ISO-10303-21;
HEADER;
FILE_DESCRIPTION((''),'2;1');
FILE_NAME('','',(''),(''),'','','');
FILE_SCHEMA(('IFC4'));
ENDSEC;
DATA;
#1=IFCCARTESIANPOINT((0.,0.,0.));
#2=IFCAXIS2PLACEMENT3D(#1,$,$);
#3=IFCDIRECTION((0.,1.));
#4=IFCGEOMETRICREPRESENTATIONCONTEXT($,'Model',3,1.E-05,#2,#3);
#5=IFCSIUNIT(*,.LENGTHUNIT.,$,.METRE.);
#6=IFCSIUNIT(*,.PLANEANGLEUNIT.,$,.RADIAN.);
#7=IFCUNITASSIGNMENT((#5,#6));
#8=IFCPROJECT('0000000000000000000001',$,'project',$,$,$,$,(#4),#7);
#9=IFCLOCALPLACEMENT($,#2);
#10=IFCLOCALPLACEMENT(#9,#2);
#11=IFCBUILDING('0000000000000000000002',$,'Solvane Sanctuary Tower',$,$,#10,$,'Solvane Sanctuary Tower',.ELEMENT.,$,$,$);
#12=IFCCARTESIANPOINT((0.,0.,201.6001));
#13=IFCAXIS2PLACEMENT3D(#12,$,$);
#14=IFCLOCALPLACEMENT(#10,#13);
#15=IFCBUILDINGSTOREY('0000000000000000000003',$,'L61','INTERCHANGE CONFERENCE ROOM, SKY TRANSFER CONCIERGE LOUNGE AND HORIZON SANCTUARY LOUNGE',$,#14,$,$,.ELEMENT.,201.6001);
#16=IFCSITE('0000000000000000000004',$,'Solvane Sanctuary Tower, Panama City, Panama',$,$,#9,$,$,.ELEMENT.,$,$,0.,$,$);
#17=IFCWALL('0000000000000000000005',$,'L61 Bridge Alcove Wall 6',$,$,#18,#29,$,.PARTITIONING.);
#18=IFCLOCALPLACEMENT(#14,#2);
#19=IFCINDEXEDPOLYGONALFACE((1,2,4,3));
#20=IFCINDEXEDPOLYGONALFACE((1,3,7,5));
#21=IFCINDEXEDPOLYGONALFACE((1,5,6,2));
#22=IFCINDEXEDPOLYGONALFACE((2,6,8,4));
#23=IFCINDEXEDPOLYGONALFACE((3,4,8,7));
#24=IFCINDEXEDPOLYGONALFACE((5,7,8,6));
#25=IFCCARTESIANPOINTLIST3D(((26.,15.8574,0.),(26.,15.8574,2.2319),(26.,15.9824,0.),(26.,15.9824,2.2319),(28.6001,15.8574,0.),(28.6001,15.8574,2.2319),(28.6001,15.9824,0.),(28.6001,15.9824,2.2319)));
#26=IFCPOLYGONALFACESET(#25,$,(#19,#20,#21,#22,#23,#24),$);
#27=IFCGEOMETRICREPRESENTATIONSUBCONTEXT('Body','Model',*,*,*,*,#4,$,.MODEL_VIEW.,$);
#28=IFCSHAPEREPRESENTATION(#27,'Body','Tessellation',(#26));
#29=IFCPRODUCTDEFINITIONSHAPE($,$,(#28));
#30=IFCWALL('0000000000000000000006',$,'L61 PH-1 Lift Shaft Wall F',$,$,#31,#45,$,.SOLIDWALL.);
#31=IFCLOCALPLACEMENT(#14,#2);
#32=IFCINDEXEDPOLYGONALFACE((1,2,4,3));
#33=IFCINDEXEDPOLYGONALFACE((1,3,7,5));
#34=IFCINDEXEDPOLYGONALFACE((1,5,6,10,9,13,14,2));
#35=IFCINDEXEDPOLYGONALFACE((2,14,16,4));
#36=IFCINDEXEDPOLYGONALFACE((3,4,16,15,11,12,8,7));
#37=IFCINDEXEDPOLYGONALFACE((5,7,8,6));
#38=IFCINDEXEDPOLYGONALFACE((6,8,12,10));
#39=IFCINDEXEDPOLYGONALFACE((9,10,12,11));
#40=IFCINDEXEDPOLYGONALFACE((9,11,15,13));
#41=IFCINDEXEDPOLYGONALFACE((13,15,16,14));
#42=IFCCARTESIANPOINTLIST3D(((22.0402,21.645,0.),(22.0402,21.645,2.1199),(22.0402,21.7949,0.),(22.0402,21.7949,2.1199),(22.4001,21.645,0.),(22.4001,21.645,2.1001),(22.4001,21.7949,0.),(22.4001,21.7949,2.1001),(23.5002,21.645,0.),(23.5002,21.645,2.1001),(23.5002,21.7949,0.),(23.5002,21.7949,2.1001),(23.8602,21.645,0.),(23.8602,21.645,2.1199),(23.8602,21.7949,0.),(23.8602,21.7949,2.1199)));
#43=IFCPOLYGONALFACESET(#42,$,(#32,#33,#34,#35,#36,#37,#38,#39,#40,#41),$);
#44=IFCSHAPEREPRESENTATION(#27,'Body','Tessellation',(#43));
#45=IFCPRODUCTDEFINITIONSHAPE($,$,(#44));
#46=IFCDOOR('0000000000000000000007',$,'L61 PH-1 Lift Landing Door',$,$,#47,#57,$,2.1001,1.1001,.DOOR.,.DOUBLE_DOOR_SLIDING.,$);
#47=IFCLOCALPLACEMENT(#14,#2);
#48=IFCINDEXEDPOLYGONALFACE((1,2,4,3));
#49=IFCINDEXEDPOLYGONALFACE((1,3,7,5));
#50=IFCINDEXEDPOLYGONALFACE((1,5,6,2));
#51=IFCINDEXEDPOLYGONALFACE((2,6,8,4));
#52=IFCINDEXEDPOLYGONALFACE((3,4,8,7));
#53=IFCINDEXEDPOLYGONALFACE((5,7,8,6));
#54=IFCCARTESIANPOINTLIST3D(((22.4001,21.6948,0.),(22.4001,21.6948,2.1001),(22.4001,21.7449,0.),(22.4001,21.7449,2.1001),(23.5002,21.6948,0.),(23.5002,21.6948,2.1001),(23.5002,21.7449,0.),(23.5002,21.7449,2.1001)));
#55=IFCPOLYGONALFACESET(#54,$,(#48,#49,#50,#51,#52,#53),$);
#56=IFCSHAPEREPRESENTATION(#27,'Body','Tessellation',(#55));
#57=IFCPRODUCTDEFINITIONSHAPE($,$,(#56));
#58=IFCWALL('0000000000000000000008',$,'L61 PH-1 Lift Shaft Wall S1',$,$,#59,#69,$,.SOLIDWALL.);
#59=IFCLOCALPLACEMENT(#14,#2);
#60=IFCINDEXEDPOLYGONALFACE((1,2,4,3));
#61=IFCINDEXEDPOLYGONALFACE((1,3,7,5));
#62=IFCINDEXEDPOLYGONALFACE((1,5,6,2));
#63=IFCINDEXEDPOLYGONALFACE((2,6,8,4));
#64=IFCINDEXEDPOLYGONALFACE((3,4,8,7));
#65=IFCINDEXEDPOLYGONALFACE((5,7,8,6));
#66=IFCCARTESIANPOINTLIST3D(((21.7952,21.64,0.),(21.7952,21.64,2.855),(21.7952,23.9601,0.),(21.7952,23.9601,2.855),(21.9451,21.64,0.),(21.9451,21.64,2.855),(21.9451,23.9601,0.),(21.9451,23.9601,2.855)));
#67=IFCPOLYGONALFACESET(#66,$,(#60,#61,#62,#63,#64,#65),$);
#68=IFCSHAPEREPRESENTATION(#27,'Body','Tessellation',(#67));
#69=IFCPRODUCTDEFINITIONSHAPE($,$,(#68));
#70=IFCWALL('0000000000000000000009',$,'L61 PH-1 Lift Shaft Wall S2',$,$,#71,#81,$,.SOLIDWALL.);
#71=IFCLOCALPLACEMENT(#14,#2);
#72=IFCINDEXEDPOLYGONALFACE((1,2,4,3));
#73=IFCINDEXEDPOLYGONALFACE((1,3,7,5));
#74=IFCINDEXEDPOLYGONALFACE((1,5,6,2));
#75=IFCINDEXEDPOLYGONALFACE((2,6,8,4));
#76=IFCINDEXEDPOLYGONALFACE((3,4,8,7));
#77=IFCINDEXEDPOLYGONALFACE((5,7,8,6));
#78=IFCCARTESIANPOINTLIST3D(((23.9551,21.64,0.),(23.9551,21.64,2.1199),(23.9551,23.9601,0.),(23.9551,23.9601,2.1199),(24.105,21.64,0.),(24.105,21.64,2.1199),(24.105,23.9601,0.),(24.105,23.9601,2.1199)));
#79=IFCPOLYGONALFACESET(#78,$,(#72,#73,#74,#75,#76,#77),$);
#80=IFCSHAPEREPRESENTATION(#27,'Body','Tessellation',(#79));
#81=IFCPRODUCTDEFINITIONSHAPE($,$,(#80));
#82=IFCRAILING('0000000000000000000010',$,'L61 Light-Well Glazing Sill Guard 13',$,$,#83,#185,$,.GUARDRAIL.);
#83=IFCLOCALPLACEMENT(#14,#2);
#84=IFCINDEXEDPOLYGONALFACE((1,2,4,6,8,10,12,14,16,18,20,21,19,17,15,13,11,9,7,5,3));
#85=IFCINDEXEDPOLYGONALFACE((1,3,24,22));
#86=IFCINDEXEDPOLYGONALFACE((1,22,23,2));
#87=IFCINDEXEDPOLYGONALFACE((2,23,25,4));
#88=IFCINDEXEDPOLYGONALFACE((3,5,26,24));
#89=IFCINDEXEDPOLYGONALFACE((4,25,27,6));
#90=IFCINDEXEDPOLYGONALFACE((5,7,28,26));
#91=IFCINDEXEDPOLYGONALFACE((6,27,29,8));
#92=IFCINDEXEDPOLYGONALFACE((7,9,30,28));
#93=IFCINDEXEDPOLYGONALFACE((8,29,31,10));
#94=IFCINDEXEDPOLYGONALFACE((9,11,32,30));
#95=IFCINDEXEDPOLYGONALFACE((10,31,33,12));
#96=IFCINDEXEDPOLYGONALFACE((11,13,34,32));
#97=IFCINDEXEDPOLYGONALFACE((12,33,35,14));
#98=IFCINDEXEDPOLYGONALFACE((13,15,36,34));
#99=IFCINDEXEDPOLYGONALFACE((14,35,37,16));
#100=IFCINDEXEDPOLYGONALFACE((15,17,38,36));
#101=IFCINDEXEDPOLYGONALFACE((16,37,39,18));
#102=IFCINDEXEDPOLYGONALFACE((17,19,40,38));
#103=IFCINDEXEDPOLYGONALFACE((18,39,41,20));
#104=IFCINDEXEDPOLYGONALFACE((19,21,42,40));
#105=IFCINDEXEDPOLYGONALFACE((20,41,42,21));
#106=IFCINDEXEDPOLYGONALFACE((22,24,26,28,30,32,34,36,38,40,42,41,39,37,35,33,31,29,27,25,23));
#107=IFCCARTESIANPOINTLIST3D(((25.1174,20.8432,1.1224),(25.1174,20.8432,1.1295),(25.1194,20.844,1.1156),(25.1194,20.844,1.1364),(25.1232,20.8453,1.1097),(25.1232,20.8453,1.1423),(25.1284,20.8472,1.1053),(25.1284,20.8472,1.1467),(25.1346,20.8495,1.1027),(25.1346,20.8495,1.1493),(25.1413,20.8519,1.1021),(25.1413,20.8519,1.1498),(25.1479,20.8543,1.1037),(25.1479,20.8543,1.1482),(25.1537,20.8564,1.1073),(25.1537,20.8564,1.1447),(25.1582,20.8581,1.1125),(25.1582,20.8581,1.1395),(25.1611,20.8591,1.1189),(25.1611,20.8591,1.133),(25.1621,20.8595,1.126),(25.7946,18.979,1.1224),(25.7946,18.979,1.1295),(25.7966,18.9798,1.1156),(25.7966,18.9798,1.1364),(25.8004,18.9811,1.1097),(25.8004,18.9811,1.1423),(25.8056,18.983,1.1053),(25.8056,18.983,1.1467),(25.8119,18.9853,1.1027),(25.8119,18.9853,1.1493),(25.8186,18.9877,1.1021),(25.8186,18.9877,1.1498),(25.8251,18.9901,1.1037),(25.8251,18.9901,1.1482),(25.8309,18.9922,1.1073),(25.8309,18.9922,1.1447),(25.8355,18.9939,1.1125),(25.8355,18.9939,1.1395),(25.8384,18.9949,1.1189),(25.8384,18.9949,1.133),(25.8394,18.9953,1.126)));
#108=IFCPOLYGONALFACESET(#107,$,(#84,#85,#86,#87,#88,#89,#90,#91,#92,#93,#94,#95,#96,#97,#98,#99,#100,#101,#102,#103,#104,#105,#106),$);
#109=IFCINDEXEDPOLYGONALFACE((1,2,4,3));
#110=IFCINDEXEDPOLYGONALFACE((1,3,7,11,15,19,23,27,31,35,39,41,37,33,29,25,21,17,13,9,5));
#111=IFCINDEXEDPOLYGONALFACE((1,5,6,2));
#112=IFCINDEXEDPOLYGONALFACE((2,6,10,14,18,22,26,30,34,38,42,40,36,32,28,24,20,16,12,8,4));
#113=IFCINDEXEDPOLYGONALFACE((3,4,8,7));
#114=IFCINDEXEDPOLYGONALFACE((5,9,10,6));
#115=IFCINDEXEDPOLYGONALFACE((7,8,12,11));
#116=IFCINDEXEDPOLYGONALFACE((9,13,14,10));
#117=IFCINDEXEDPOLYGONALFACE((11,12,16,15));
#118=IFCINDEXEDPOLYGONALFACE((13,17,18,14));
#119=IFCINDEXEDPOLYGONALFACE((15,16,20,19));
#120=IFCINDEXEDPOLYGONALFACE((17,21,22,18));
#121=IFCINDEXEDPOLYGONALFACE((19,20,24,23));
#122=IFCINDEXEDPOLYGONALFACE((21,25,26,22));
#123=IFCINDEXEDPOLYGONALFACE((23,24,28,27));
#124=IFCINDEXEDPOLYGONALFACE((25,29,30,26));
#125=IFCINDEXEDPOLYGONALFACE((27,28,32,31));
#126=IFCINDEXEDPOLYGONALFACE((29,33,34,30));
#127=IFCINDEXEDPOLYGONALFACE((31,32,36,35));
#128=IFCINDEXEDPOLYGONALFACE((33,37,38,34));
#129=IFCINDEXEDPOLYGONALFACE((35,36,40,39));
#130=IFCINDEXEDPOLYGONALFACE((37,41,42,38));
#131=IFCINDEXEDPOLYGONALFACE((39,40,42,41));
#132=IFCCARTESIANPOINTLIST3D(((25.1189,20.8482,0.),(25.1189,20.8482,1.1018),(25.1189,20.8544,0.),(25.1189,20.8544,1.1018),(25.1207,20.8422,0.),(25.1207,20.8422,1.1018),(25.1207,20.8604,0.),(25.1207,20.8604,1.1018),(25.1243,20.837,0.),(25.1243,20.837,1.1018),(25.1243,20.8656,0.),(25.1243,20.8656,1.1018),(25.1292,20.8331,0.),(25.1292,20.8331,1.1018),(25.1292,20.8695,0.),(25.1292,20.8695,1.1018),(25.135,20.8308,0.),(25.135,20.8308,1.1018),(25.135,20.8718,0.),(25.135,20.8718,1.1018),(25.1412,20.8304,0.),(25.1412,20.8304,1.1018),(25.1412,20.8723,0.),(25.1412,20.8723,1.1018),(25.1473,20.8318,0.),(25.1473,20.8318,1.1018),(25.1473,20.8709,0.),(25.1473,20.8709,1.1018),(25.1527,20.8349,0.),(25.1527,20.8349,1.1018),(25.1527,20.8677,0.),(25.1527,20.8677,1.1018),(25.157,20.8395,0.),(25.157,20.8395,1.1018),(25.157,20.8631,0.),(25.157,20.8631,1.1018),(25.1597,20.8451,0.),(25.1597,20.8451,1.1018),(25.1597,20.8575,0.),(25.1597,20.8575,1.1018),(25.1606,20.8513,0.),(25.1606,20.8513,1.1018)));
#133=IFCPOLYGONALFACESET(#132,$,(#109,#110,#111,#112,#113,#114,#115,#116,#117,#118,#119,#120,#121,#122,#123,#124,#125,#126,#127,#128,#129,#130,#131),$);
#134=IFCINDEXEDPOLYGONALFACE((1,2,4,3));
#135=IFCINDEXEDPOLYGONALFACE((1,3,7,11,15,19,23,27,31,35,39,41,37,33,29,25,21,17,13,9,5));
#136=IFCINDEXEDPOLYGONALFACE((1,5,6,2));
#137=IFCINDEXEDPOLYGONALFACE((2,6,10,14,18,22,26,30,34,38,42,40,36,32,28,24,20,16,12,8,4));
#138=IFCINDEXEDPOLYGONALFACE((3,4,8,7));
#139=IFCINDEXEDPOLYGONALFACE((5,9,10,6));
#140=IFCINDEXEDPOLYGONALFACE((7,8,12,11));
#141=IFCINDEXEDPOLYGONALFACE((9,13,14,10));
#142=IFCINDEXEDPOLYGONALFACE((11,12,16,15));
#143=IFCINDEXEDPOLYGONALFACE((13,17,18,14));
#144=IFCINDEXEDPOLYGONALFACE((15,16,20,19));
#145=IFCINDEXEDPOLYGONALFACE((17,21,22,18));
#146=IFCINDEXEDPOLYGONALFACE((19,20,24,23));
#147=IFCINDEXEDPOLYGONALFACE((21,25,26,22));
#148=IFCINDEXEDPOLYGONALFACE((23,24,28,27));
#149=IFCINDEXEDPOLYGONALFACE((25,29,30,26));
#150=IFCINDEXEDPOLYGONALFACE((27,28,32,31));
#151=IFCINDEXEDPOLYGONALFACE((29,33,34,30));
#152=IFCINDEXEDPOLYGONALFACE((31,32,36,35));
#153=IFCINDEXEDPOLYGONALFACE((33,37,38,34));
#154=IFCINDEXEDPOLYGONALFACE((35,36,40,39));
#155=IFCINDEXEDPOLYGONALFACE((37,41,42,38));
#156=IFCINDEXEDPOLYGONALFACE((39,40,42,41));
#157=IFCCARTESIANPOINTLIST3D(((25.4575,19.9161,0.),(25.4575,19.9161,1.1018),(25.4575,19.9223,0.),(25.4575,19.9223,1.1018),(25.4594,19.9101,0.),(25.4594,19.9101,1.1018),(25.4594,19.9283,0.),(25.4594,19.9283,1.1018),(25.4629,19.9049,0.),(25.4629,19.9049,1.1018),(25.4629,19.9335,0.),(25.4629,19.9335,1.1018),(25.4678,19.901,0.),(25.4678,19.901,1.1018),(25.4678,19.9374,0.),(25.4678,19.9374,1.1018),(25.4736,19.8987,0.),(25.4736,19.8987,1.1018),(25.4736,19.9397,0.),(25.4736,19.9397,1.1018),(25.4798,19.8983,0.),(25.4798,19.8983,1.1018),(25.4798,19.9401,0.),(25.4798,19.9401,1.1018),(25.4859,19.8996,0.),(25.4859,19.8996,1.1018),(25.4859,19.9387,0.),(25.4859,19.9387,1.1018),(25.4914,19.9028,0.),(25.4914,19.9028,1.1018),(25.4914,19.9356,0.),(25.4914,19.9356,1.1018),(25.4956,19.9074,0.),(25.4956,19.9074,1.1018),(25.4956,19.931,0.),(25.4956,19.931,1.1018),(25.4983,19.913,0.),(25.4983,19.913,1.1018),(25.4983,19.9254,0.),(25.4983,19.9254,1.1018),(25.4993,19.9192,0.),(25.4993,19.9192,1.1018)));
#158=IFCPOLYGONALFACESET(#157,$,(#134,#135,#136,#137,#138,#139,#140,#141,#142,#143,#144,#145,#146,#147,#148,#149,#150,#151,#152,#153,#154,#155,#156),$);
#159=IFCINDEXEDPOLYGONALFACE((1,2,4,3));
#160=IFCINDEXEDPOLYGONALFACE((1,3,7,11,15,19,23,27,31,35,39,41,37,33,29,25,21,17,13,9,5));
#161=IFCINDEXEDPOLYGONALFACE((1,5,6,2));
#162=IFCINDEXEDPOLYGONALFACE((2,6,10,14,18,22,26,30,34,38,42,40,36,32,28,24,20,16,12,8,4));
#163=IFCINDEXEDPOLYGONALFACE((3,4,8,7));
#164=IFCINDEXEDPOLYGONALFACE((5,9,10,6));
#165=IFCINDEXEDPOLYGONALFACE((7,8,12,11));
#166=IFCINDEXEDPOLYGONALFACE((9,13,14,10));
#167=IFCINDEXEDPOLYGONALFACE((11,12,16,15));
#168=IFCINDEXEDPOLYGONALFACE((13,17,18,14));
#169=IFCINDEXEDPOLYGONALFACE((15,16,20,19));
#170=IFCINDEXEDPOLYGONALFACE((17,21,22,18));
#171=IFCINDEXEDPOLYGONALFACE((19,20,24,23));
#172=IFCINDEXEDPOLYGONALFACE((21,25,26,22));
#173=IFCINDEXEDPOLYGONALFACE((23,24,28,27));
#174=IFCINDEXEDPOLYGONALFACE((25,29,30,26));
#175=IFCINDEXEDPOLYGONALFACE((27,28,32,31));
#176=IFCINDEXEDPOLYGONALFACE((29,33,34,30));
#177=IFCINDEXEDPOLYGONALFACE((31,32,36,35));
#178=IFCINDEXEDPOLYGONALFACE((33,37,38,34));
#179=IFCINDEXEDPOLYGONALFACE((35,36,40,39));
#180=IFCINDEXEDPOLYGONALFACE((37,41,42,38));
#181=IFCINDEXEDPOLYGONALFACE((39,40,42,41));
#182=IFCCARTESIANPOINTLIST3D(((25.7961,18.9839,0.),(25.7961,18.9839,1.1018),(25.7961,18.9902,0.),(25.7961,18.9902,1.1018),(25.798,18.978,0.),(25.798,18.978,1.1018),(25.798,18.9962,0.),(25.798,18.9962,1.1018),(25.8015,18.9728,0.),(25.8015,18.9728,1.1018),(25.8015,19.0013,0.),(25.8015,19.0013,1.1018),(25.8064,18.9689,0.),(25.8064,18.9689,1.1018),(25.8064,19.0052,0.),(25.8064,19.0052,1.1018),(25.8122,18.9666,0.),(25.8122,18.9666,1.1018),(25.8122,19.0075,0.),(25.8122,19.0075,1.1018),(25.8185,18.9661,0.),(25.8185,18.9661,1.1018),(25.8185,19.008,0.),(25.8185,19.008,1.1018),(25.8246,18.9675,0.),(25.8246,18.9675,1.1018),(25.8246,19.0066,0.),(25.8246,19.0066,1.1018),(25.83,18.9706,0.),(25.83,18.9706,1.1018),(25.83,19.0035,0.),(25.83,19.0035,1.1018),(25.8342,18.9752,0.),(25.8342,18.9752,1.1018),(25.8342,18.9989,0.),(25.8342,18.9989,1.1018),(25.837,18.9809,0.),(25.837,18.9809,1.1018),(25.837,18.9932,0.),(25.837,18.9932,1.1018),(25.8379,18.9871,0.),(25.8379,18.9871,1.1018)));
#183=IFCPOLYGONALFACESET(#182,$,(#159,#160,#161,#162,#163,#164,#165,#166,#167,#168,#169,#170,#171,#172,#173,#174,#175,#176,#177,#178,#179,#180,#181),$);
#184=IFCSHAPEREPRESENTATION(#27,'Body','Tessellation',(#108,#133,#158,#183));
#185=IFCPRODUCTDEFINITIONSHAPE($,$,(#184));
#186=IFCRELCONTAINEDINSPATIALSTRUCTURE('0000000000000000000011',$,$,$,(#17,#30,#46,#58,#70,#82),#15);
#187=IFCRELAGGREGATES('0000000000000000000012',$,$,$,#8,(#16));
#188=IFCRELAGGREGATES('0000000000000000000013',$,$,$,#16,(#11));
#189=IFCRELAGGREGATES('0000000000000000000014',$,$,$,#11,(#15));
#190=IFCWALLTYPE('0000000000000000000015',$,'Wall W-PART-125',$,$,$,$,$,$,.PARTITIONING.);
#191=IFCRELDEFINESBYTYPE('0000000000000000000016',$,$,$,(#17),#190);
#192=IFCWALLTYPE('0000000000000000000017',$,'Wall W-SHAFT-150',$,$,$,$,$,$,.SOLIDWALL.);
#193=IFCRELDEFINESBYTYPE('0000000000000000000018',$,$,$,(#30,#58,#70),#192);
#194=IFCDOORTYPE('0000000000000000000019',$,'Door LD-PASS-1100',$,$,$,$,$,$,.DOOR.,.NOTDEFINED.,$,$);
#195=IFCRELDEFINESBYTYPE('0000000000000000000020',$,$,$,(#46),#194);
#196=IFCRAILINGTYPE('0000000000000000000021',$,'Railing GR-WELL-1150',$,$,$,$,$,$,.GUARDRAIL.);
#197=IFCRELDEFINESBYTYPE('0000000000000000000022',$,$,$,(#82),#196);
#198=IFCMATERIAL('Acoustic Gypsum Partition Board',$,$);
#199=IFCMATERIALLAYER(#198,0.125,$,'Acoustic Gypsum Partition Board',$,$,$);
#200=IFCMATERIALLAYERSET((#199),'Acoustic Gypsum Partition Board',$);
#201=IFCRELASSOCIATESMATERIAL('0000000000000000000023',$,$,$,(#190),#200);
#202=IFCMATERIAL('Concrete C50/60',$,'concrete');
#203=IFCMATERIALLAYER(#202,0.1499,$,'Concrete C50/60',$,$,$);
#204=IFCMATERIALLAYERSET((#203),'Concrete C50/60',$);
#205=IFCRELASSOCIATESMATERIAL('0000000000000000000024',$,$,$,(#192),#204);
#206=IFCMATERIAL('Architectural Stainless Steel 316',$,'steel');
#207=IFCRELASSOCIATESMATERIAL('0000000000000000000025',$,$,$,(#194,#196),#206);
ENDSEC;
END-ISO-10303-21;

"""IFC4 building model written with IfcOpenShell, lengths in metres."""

from ifc_helpers import new_model, si_unit, direction, frame, frame_2d, origin, origin_2d, place, context, subcontext, project, spatial, rectangle, circle, extrude, material, layer, layer_set, type_object, element, fill, save


model = new_model("IFC4")

# Units and contexts
model_context = context("Model", 3, precision=1e-05, world=origin(), true_north=direction((0.0, 1.0)))
body_context = subcontext(model_context, "Body", "Model", "MODEL_VIEW")
ifc_project = project(units=[si_unit("LENGTHUNIT", "METRE"), si_unit("PLANEANGLEUNIT", "RADIAN")], contexts=[model_context])

# Site, building, storey
site_placement = place(None, origin())
site = spatial("IfcSite", under=ifc_project, at=site_placement, Name="Solvane Sanctuary Tower, Panama City, Panama", CompositionType="ELEMENT", RefElevation=0.0)
building_placement = place(site_placement, origin())
building = spatial("IfcBuilding", under=site, at=building_placement, Name="Solvane Sanctuary Tower", LongName="Solvane Sanctuary Tower", CompositionType="ELEMENT")
storey_placement = place(building_placement, frame((0.0, 0.0, 201.6001)))
storey = spatial("IfcBuildingStorey", under=building, at=storey_placement, Name="L61", Description="INTERCHANGE CONFERENCE ROOM, SKY TRANSFER CONCIERGE LOUNGE AND HORIZON SANCTUARY LOUNGE", CompositionType="ELEMENT", Elevation=201.6001)

# Shared definitions
ifc_material_1 = material(Name="Concrete C50/60", Category="concrete")

# Shared definitions
ifc_material_2 = material(Name="Acoustic Gypsum Partition Board")
ifc_layer_1 = layer(ifc_material_2, 0.125, Name="Acoustic Gypsum Partition Board")
ifc_layer_set_1 = layer_set([ifc_layer_1], Name="Acoustic Gypsum Partition Board")
wall_type_1 = type_object("IfcWallType", Name="Wall W-PART-125", PredefinedType="PARTITIONING", material=ifc_layer_set_1)

# Shared definitions
ifc_material_3 = material(Name="Architectural Stainless Steel 316", Category="steel")

# Wall
wall_1_placement = place(storey_placement, frame((26.0, 15.9199, 0.0), z_axis=(0.0, 0.0, 1.0), x_axis=(1.0, 0.0, 0.0)))
element("IfcWall", 1, at=wall_1_placement, inside=storey, type_object=wall_type_1, Name="L61 Bridge Alcove Wall 6", PredefinedType="PARTITIONING", context=body_context, shape_type="SweptSolid", body=[
    extrude(rectangle(XDim=2.6001, YDim=0.125, at=frame_2d((1.3, 0.0))), origin(), (0.0, 0.0, 1.0), 2.2319),
])

# Wall, opening, door
ifc_layer_2 = layer(ifc_material_1, 0.1499, Name="Concrete C50/60")
ifc_layer_set_2 = layer_set([ifc_layer_2], Name="Concrete C50/60")
wall_type_2 = type_object("IfcWallType", Name="Wall W-SHAFT-150", PredefinedType="SOLIDWALL", material=ifc_layer_set_2)
wall_2_placement = place(storey_placement, frame((22.04, 21.72, 0.0), z_axis=(0.0, 0.0, 1.0), x_axis=(1.0, 0.0, 0.0)))
wall_2 = element("IfcWall", 2, at=wall_2_placement, inside=storey, type_object=wall_type_2, Name="L61 PH-1 Lift Shaft Wall F", PredefinedType="SOLIDWALL", context=body_context, shape_type="SweptSolid", body=[
    extrude(rectangle(XDim=1.8201, YDim=0.1499, at=frame_2d((0.9102, 0.0))), origin(), (0.0, 0.0, 1.0), 2.1199),
])
opening_1_placement = place(wall_2_placement, frame((0.3601, 0.0, 0.0)))
opening_1 = element("IfcOpeningElement", 3, at=opening_1_placement, cuts=wall_2, PredefinedType="OPENING", context=body_context, shape_type="SweptSolid", body=[
    extrude(rectangle(XDim=1.1001, YDim=2.1001, at=frame_2d((0.55, 1.05))), frame((0.0, 0.085, 0.0), z_axis=(0.0, -1.0, 0.0), x_axis=(1.0, 0.0, 0.0)), (0.0, 0.0, 1.0), 0.1699),
])
door_type_1 = type_object("IfcDoorType", Name="Door LD-PASS-1100", OperationType="NOTDEFINED", PredefinedType="DOOR", material=ifc_material_3)
door_1_placement = place(opening_1_placement, origin())
door_1 = element("IfcDoor", 4, at=door_1_placement, inside=storey, type_object=door_type_1, Name="L61 PH-1 Lift Landing Door", OperationType="DOUBLE_DOOR_SLIDING", OverallHeight=2.1001, OverallWidth=1.1001, PredefinedType="DOOR", context=body_context, shape_type="SweptSolid", body=[
    extrude(rectangle(XDim=1.1001, YDim=2.1001, at=frame_2d((0.55, 1.05))), frame((0.0, 0.0249, 0.0), z_axis=(0.0, -1.0, 0.0), x_axis=(1.0, 0.0, 0.0)), (0.0, 0.0, 1.0), 0.05),
])
fill(opening_1, door_1)

# Walls
wall_3_placement = place(storey_placement, frame((21.8701, 21.6399, 0.0), z_axis=(0.0, 0.0, 1.0), x_axis=(0.0, 1.0, 0.0)))
element("IfcWall", 5, at=wall_3_placement, inside=storey, type_object=wall_type_2, Name="L61 PH-1 Lift Shaft Wall S1", PredefinedType="SOLIDWALL", context=body_context, shape_type="SweptSolid", body=[
    extrude(rectangle(XDim=2.3201, YDim=0.1499, at=frame_2d((1.1602, 0.0))), origin(), (0.0, 0.0, 1.0), 2.855),
])
wall_4_placement = place(storey_placement, frame((24.03, 21.6399, 0.0), z_axis=(0.0, 0.0, 1.0), x_axis=(0.0, 1.0, 0.0)))
element("IfcWall", 6, at=wall_4_placement, inside=storey, type_object=wall_type_2, Name="L61 PH-1 Lift Shaft Wall S2", PredefinedType="SOLIDWALL", context=body_context, shape_type="SweptSolid", body=[
    extrude(rectangle(XDim=2.3201, YDim=0.1499, at=frame_2d((1.1602, 0.0))), origin(), (0.0, 0.0, 1.0), 2.1199),
])

# Railing
railing_type = type_object("IfcRailingType", Name="Railing GR-WELL-1150", PredefinedType="GUARDRAIL", material=ifc_material_3)
railing_placement = place(storey_placement, frame((25.1396, 20.8513, 0.0)))
element("IfcRailing", 7, at=railing_placement, inside=storey, type_object=railing_type, Name="L61 Light-Well Glazing Sill Guard 13", PredefinedType="GUARDRAIL", context=body_context, shape_type="SweptSolid", body=[
    extrude(circle(Radius=0.0239, at=origin_2d()), frame((0.0, 0.0, 1.126), z_axis=(0.341447, -0.939901, 0.0), x_axis=(0.939901, 0.341447, 0.0)), (0.0, 0.0, 1.0), 1.9834),
    extrude(circle(Radius=0.021, at=origin_2d()), origin(), (0.0, 0.0, 1.0), 1.1018),
    extrude(circle(Radius=0.021, at=origin_2d()), frame((0.3386, -0.9321, 0.0)), (0.0, 0.0, 1.0), 1.1018),
    extrude(circle(Radius=0.021, at=origin_2d()), frame((0.6772, -1.8643, 0.0)), (0.0, 0.0, 1.0), 1.1018),
])

save(model, "model.ifc")
